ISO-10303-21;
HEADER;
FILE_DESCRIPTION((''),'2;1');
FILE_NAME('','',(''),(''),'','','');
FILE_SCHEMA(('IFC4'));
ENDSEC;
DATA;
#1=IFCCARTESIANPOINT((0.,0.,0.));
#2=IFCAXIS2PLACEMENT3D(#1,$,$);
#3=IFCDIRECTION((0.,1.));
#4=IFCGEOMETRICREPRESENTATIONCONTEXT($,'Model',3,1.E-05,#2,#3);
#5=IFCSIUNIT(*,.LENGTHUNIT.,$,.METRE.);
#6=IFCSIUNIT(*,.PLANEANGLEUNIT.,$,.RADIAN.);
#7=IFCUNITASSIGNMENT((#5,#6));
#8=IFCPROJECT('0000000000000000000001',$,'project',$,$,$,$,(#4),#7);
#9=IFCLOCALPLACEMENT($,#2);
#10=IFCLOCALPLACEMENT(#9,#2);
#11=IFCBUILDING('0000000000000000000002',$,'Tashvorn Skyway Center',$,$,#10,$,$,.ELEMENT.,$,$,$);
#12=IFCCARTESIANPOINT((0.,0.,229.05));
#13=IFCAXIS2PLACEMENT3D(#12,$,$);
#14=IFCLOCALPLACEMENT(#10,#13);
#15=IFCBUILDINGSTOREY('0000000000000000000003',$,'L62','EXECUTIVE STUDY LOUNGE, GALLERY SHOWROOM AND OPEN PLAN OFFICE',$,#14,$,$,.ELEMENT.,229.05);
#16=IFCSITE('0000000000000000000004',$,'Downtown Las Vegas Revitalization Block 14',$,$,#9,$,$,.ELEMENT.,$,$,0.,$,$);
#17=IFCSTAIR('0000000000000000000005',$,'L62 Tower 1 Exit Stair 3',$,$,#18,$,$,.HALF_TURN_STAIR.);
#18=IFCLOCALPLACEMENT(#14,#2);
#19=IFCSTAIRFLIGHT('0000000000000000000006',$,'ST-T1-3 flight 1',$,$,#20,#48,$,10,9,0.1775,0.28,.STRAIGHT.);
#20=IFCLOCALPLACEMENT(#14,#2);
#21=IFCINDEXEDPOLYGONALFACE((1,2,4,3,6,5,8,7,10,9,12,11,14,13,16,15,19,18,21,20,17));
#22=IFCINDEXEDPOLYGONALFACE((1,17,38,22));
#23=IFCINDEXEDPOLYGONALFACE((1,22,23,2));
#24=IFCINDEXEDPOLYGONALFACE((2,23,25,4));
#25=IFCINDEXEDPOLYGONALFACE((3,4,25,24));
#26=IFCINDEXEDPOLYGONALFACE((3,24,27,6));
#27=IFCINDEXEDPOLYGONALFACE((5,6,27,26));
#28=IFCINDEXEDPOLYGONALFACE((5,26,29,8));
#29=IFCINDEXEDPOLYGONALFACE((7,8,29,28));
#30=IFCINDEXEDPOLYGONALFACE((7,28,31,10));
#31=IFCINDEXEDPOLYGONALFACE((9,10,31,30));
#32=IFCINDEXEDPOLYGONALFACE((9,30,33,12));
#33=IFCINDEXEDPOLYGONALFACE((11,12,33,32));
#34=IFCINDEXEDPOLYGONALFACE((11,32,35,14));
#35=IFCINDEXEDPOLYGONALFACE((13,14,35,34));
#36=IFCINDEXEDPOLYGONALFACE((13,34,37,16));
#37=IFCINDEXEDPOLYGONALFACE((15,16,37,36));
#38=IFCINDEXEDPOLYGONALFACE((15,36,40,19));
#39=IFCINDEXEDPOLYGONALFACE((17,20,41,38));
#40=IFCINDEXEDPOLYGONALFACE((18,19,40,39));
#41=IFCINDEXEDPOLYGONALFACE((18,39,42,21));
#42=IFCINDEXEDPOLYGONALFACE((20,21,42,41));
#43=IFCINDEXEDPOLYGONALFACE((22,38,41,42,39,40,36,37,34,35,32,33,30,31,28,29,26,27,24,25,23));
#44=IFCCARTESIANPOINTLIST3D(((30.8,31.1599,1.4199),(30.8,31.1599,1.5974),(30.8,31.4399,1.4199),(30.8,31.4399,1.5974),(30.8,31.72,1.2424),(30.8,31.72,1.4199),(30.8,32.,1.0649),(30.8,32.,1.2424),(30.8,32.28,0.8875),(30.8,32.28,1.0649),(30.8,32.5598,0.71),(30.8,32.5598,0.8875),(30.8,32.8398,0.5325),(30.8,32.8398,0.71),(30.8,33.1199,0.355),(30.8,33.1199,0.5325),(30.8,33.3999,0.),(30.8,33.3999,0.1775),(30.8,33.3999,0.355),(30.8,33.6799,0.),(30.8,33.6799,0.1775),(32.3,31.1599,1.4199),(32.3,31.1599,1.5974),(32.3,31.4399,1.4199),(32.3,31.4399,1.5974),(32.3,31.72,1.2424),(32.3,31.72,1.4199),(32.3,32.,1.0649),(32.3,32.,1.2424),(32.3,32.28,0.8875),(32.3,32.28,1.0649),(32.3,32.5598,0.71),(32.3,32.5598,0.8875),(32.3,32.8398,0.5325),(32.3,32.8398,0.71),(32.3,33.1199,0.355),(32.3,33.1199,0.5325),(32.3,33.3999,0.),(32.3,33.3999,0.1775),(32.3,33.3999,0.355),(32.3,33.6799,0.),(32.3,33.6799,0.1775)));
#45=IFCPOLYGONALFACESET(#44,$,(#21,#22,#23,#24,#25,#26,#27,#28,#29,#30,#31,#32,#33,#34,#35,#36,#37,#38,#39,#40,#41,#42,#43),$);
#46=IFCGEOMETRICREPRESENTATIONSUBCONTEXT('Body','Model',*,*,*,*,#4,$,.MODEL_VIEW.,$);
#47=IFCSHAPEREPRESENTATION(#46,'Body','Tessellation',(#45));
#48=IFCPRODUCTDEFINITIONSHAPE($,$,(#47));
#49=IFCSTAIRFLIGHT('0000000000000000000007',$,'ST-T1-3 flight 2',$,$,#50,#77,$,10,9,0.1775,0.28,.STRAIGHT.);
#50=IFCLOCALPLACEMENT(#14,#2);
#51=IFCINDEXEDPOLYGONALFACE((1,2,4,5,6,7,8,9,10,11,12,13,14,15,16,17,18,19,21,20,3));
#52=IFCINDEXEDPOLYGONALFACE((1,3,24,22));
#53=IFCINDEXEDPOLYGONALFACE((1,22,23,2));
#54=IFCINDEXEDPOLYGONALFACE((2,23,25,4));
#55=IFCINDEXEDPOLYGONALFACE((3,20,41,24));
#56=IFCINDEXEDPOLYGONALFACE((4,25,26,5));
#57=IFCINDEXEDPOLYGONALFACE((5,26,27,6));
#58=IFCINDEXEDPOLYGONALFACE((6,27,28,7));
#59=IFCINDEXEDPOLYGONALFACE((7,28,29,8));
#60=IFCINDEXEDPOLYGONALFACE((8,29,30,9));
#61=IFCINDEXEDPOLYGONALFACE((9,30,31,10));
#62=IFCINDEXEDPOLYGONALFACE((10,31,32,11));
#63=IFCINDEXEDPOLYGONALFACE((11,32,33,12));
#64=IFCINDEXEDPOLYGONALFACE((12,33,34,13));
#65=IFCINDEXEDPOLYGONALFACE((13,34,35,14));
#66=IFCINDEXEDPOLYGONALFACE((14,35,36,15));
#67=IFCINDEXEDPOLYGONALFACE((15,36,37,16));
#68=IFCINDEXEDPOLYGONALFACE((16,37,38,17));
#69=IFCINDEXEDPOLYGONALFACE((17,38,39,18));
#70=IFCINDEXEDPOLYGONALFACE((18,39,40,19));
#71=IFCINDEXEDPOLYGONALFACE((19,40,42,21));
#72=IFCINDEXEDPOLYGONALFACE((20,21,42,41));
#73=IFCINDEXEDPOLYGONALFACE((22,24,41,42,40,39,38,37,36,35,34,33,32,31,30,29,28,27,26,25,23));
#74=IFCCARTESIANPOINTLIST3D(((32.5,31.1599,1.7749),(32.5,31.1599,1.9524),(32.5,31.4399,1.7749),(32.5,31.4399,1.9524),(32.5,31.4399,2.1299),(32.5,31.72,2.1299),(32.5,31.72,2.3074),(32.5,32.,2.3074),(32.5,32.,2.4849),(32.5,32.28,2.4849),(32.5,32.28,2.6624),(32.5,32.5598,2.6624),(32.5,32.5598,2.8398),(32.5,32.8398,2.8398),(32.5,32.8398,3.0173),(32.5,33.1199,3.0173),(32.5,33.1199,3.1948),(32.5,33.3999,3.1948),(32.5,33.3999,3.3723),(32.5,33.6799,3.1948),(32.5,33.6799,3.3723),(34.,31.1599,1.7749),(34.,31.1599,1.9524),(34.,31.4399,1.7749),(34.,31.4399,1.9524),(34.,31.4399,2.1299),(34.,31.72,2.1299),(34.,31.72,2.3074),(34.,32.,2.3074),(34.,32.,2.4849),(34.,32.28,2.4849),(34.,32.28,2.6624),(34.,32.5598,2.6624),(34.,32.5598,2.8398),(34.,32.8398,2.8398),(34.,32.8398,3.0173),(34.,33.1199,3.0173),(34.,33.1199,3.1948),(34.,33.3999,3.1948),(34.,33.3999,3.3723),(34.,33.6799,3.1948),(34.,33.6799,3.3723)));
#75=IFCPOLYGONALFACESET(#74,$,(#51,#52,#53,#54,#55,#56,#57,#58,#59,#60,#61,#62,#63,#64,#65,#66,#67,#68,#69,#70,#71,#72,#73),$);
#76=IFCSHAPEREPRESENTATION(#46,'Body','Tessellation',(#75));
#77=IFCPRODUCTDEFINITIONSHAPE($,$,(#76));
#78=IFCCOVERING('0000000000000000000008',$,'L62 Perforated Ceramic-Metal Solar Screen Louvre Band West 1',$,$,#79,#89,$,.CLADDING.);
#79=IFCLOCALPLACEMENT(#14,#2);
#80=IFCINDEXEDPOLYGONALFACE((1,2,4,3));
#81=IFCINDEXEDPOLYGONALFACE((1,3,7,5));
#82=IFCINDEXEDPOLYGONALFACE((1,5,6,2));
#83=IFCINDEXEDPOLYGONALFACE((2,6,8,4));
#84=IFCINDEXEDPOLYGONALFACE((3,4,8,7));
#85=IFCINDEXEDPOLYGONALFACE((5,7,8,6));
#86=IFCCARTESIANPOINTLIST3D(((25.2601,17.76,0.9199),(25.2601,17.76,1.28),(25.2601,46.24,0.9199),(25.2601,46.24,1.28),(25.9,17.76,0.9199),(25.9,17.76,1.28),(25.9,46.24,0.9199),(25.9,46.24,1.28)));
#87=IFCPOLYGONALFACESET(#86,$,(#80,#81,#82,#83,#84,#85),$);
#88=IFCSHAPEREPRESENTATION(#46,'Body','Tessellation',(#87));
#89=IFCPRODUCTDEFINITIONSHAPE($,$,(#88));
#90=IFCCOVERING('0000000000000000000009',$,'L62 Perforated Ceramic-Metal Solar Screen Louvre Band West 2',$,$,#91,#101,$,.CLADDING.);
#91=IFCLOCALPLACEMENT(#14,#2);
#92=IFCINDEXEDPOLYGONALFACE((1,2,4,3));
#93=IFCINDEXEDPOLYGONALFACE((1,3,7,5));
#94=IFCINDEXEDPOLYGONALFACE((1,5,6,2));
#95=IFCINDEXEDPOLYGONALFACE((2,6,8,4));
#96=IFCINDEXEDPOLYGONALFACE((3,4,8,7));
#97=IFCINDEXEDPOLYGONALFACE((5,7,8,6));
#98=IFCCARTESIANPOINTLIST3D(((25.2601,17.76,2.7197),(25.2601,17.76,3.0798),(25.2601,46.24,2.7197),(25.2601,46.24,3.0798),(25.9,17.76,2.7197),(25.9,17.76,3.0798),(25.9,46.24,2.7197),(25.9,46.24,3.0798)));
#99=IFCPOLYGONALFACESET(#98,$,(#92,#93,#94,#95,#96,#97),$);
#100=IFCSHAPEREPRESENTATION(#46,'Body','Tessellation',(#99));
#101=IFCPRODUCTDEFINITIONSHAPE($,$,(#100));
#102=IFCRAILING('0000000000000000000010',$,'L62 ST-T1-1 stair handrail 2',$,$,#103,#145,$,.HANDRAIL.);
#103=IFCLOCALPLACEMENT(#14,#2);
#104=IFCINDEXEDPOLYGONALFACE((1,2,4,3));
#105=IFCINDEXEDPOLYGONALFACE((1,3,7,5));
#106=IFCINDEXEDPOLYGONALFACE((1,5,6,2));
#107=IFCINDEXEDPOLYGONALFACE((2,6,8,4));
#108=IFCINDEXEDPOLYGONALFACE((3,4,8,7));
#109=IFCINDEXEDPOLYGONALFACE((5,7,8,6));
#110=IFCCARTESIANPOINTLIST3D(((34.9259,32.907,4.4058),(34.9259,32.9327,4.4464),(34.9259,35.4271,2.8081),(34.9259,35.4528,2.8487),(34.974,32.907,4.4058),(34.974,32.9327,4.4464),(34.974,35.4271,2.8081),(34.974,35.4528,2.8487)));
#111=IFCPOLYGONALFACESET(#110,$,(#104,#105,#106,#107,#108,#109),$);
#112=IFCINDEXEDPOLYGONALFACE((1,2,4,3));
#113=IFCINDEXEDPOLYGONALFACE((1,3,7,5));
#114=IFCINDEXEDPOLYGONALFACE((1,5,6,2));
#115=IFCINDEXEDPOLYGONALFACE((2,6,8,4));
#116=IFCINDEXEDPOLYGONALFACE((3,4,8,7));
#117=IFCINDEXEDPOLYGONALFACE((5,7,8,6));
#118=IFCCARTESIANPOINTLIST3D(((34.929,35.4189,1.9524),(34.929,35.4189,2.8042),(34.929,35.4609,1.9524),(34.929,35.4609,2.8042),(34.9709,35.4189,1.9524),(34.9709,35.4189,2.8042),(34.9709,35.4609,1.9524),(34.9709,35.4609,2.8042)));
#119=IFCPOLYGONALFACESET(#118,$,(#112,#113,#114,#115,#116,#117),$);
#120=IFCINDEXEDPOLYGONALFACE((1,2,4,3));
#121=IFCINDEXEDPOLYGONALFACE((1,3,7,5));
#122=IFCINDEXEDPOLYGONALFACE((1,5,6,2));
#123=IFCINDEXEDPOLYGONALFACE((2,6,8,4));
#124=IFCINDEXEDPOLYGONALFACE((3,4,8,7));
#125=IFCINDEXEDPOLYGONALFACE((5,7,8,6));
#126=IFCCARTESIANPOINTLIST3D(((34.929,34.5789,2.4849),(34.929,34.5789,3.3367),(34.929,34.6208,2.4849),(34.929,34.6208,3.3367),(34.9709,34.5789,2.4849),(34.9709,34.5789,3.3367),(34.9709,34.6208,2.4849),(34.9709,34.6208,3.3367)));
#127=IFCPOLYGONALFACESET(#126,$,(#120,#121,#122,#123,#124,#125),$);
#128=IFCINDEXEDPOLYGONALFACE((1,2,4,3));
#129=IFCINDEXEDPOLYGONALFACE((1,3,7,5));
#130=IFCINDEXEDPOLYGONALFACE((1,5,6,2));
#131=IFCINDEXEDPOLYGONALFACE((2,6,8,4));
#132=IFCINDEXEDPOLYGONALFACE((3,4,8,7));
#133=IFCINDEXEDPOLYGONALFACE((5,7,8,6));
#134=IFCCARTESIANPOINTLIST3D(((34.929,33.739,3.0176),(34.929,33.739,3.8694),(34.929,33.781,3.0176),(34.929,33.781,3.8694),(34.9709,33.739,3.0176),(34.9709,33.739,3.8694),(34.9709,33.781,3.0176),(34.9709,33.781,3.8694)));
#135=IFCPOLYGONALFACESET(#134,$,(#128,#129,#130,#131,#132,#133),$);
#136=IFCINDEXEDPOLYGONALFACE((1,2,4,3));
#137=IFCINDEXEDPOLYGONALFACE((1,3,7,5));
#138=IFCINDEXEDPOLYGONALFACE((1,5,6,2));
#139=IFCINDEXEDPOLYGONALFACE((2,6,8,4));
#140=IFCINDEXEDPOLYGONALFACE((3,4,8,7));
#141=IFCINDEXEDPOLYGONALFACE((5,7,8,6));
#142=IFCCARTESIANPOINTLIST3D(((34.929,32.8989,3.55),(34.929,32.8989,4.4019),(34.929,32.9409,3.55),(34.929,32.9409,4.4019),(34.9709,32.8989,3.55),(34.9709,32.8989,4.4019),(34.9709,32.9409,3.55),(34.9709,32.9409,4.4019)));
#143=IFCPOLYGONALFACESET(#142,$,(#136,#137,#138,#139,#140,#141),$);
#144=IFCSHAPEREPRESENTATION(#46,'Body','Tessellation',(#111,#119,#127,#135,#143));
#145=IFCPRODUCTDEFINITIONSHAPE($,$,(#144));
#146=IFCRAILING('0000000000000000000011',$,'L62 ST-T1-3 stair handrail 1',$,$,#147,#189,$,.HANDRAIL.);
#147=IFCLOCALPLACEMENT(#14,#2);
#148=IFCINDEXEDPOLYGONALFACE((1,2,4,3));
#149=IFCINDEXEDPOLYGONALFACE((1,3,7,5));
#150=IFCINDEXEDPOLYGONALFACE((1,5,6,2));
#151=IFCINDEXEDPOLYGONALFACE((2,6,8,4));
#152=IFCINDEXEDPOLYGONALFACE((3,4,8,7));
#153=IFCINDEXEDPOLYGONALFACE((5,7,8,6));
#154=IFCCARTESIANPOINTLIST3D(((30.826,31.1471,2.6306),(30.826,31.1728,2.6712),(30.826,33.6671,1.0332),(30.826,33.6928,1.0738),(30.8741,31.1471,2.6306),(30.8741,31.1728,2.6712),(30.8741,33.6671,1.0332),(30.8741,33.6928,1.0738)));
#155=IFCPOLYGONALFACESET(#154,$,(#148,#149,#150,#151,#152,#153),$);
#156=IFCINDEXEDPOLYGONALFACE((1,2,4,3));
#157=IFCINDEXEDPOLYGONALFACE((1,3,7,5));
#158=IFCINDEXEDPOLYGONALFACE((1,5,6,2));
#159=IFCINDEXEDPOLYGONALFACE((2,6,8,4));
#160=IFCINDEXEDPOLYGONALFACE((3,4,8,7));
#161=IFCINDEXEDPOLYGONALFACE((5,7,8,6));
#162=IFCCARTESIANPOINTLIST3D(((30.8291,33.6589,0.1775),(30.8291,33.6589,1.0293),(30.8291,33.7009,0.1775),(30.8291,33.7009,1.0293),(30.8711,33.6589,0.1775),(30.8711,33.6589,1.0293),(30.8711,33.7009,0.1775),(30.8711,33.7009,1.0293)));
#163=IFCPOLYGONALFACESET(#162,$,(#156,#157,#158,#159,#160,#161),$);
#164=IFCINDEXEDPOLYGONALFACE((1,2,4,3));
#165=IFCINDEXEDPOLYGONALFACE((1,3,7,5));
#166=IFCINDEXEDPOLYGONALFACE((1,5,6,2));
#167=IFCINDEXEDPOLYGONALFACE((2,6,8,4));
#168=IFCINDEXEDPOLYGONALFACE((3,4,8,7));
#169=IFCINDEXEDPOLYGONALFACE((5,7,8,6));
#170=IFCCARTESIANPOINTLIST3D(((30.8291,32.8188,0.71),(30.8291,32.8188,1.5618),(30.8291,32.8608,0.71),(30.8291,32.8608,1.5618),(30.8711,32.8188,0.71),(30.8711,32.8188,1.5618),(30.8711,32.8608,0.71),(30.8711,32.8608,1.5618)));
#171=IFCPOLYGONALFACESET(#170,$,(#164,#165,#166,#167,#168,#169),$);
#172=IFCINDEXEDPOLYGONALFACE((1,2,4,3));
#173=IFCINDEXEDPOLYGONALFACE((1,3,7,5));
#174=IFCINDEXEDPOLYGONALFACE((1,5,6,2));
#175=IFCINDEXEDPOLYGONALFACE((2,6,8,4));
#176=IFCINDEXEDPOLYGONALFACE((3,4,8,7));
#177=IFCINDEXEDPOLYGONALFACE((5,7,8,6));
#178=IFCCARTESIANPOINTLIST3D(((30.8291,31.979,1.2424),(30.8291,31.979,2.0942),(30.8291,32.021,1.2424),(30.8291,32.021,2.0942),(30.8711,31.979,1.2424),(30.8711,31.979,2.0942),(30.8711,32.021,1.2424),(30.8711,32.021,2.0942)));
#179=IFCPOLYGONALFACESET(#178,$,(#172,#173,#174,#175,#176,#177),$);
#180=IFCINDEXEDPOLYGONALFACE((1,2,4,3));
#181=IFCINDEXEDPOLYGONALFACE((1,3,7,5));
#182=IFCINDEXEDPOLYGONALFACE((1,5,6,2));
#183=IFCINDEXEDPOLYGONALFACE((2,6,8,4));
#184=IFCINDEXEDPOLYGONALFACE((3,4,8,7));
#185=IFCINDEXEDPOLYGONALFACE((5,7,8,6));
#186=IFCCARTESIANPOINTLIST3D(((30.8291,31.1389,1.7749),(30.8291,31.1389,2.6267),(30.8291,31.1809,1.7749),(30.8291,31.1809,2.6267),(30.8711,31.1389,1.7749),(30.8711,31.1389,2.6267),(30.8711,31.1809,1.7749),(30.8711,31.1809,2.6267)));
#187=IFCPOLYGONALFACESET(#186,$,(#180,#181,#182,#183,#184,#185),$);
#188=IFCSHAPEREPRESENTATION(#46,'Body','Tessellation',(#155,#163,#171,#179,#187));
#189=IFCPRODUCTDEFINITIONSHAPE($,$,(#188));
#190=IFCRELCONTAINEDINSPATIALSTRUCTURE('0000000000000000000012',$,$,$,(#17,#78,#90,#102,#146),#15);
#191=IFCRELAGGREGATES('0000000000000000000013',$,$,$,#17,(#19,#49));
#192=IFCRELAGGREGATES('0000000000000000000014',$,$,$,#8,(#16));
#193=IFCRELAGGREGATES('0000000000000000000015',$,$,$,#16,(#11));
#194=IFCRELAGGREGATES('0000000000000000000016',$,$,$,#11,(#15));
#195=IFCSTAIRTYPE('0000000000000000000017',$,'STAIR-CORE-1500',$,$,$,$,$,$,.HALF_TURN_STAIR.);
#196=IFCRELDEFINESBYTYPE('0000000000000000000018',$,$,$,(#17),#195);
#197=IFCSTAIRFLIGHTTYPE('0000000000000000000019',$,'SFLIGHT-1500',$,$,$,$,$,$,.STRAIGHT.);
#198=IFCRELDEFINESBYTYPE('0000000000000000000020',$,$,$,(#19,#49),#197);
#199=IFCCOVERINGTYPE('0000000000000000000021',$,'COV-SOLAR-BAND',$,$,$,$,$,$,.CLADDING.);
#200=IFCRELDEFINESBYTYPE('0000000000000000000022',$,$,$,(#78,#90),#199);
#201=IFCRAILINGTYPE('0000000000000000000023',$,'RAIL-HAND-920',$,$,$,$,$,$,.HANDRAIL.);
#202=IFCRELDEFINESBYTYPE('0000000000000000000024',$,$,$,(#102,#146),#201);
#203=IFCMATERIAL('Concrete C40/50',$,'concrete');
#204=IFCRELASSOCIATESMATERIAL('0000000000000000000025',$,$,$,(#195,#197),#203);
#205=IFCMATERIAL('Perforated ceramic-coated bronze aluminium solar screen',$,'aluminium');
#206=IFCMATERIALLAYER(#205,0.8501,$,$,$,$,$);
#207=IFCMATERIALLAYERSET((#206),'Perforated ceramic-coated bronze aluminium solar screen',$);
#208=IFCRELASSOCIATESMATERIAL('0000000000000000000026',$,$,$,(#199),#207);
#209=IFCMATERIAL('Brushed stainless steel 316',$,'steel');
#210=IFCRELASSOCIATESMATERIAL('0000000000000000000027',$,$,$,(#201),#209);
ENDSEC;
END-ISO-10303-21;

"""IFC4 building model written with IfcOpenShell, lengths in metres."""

from ifc_helpers import new_model, si_unit, direction, frame, origin, origin_2d, place, context, subcontext, project, spatial, polyline, rectangle, outline, extrude, material, layer, layer_set, type_object, element, aggregate, save


model = new_model("IFC4")

# Units and contexts
model_context = context("Model", 3, precision=1e-05, world=origin(), true_north=direction((0.0, 1.0)))
body_context = subcontext(model_context, "Body", "Model", "MODEL_VIEW")
ifc_project = project(units=[si_unit("LENGTHUNIT", "METRE"), si_unit("PLANEANGLEUNIT", "RADIAN")], contexts=[model_context])

# Site, building, storey
site_placement = place(None, origin())
site = spatial("IfcSite", under=ifc_project, at=site_placement, Name="Downtown Las Vegas Revitalization Block 14", CompositionType="ELEMENT", RefElevation=0.0)
building_placement = place(site_placement, origin())
building = spatial("IfcBuilding", under=site, at=building_placement, Name="Tashvorn Skyway Center", CompositionType="ELEMENT")
storey_placement = place(building_placement, frame((0.0, 0.0, 229.05)))
storey = spatial("IfcBuildingStorey", under=building, at=storey_placement, Name="L62", Description="EXECUTIVE STUDY LOUNGE, GALLERY SHOWROOM AND OPEN PLAN OFFICE", CompositionType="ELEMENT", Elevation=229.05)

# Shared definitions
ifc_material_1 = material(Name="Concrete C40/50", Category="concrete")

# Shared definitions
stair_type = type_object("IfcStairType", Name="STAIR-CORE-1500", PredefinedType="HALF_TURN_STAIR", material=ifc_material_1)
stair_flight_type = type_object("IfcStairFlightType", Name="SFLIGHT-1500", PredefinedType="STRAIGHT", material=ifc_material_1)

# Stair, stair flights
stair_1_placement = place(storey_placement, origin())
stair_1 = element("IfcStair", 1, at=stair_1_placement, inside=storey, type_object=stair_type, Name="L62 Tower 1 Exit Stair 3", PredefinedType="HALF_TURN_STAIR")
stair_flight_1_placement = place(storey_placement, frame((31.55, 33.6799, 0.0), z_axis=(0.0, 0.0, 1.0), x_axis=(0.0, -1.0, 0.0)))
stair_flight_1 = element("IfcStairFlight", 2, at=stair_flight_1_placement, type_object=stair_flight_type, Name="ST-T1-3 flight 1", NumberOfRisers=10, NumberOfTreads=9, PredefinedType="STRAIGHT", RiserHeight=0.1775, TreadLength=0.28, context=body_context, shape_type="SweptSolid", body=[
    extrude(outline(polyline([(0.0, 0.0), (0.0, 0.1775), (0.28, 0.1775), (0.28, 0.355), (0.5601, 0.355), (0.5601, 0.5325), (0.8401, 0.5325), (0.8401, 0.71), (1.1201, 0.71), (1.1201, 0.8875), (1.3999, 0.8875), (1.3999, 1.0649), (1.6799, 1.0649), (1.6799, 1.2424), (1.96, 1.2424), (1.96, 1.4199), (2.24, 1.4199), (2.24, 1.5974), (2.52, 1.5974), (2.52, 1.7749), (2.52, 1.4199), (0.28, 0.0), (0.0, 0.0)])), frame((0.0, 0.75, 0.0), z_axis=(0.0, -1.0, 0.0), x_axis=(1.0, 0.0, 0.0)), (0.0, 0.0, 1.0), 1.5),
])
stair_flight_2_placement = place(storey_placement, frame((33.25, 31.1599, 1.7749), z_axis=(0.0, 0.0, 1.0), x_axis=(0.0, 1.0, 0.0)))
stair_flight_2 = element("IfcStairFlight", 3, at=stair_flight_2_placement, type_object=stair_flight_type, Name="ST-T1-3 flight 2", NumberOfRisers=10, NumberOfTreads=9, PredefinedType="STRAIGHT", RiserHeight=0.1775, TreadLength=0.28, context=body_context, shape_type="SweptSolid", body=[
    extrude(outline(polyline([(0.0, 0.0), (0.0, 0.1775), (0.28, 0.1775), (0.28, 0.355), (0.5601, 0.355), (0.5601, 0.5325), (0.8401, 0.5325), (0.8401, 0.71), (1.1201, 0.71), (1.1201, 0.8875), (1.3999, 0.8875), (1.3999, 1.0649), (1.6799, 1.0649), (1.6799, 1.2424), (1.96, 1.2424), (1.96, 1.4199), (2.24, 1.4199), (2.24, 1.5974), (2.52, 1.5974), (2.52, 1.7749), (2.52, 1.4199), (0.28, 0.0), (0.0, 0.0)])), frame((0.0, 0.75, 0.0), z_axis=(0.0, -1.0, 0.0), x_axis=(1.0, 0.0, 0.0)), (0.0, 0.0, 1.0), 1.5),
])
aggregate(stair_1, [stair_flight_1, stair_flight_2])

# Coverings
ifc_material_2 = material(Name="Perforated ceramic-coated bronze aluminium solar screen", Category="aluminium")
ifc_layer_1 = layer(ifc_material_2, 0.8501)
ifc_layer_set_1 = layer_set([ifc_layer_1], Name="Perforated ceramic-coated bronze aluminium solar screen")
covering_type = type_object("IfcCoveringType", Name="COV-SOLAR-BAND", PredefinedType="CLADDING", material=ifc_layer_set_1)
for number, where, z_axis, x_axis, name in (
    (4, (25.5801, 32.0, 0.9199), (0.0, 0.0, 1.0), (0.0, 1.0, 0.0), "L62 Perforated Ceramic-Metal Solar Screen Louvre Band West 1"),
    (5, (25.5801, 32.0, 2.7197), (0.0, 0.0, 1.0), (0.0, 1.0, 0.0), "L62 Perforated Ceramic-Metal Solar Screen Louvre Band West 2"),
):
    element("IfcCovering", number, at=place(storey_placement, frame(where, z_axis=z_axis, x_axis=x_axis)), inside=storey, type_object=covering_type, Name=name, PredefinedType="CLADDING", context=body_context, shape_type="SweptSolid", body=[
        extrude(rectangle(XDim=28.48, YDim=0.6399, at=origin_2d()), origin(), (0.0, 0.0, 1.0), 0.3601),
    ])

# Railings
ifc_material_3 = material(Name="Brushed stainless steel 316", Category="steel")
railing_type_1 = type_object("IfcRailingType", Name="RAIL-HAND-920", PredefinedType="HANDRAIL", material=ifc_material_3)
railing_1_placement = place(storey_placement, frame((34.95, 35.4399, 1.9524)))
element("IfcRailing", 6, at=railing_1_placement, inside=storey, type_object=railing_type_1, Name="L62 ST-T1-1 stair handrail 2", PredefinedType="HANDRAIL", context=body_context, shape_type="SweptSolid", body=[
    extrude(rectangle(XDim=0.0481, YDim=0.0481, at=origin_2d()), frame((0.0, 0.0, 0.876), z_axis=(0.0, -0.84457, 0.535445), x_axis=(1.0, 0.0, 0.0)), (0.0, 0.0, 1.0), 2.9839),
    extrude(rectangle(XDim=0.042, YDim=0.042, at=origin_2d()), origin(), (0.0, 0.0, 1.0), 0.8518),
    extrude(rectangle(XDim=0.042, YDim=0.042, at=origin_2d()), frame((0.0, -0.8401, 0.5325)), (0.0, 0.0, 1.0), 0.8518),
    extrude(rectangle(XDim=0.042, YDim=0.042, at=origin_2d()), frame((0.0, -1.6799, 1.0652)), (0.0, 0.0, 1.0), 0.8518),
    extrude(rectangle(XDim=0.042, YDim=0.042, at=origin_2d()), frame((0.0, -2.52, 1.5977)), (0.0, 0.0, 1.0), 0.8518),
])
railing_2_placement = place(storey_placement, frame((30.8501, 33.6799, 0.1775)))
element("IfcRailing", 7, at=railing_2_placement, inside=storey, type_object=railing_type_1, Name="L62 ST-T1-3 stair handrail 1", PredefinedType="HANDRAIL", context=body_context, shape_type="SweptSolid", body=[
    extrude(rectangle(XDim=0.0481, YDim=0.0481, at=origin_2d()), frame((0.0, 0.0, 0.876), z_axis=(0.0, -0.844607, 0.535387), x_axis=(1.0, 0.0, 0.0)), (0.0, 0.0, 1.0), 2.9836),
    extrude(rectangle(XDim=0.042, YDim=0.042, at=origin_2d()), origin(), (0.0, 0.0, 1.0), 0.8518),
    extrude(rectangle(XDim=0.042, YDim=0.042, at=origin_2d()), frame((0.0, -0.8401, 0.5325)), (0.0, 0.0, 1.0), 0.8518),
    extrude(rectangle(XDim=0.042, YDim=0.042, at=origin_2d()), frame((0.0, -1.6799, 1.0649)), (0.0, 0.0, 1.0), 0.8518),
    extrude(rectangle(XDim=0.042, YDim=0.042, at=origin_2d()), frame((0.0, -2.52, 1.5974)), (0.0, 0.0, 1.0), 0.8518),
])

save(model, "model.ifc")
